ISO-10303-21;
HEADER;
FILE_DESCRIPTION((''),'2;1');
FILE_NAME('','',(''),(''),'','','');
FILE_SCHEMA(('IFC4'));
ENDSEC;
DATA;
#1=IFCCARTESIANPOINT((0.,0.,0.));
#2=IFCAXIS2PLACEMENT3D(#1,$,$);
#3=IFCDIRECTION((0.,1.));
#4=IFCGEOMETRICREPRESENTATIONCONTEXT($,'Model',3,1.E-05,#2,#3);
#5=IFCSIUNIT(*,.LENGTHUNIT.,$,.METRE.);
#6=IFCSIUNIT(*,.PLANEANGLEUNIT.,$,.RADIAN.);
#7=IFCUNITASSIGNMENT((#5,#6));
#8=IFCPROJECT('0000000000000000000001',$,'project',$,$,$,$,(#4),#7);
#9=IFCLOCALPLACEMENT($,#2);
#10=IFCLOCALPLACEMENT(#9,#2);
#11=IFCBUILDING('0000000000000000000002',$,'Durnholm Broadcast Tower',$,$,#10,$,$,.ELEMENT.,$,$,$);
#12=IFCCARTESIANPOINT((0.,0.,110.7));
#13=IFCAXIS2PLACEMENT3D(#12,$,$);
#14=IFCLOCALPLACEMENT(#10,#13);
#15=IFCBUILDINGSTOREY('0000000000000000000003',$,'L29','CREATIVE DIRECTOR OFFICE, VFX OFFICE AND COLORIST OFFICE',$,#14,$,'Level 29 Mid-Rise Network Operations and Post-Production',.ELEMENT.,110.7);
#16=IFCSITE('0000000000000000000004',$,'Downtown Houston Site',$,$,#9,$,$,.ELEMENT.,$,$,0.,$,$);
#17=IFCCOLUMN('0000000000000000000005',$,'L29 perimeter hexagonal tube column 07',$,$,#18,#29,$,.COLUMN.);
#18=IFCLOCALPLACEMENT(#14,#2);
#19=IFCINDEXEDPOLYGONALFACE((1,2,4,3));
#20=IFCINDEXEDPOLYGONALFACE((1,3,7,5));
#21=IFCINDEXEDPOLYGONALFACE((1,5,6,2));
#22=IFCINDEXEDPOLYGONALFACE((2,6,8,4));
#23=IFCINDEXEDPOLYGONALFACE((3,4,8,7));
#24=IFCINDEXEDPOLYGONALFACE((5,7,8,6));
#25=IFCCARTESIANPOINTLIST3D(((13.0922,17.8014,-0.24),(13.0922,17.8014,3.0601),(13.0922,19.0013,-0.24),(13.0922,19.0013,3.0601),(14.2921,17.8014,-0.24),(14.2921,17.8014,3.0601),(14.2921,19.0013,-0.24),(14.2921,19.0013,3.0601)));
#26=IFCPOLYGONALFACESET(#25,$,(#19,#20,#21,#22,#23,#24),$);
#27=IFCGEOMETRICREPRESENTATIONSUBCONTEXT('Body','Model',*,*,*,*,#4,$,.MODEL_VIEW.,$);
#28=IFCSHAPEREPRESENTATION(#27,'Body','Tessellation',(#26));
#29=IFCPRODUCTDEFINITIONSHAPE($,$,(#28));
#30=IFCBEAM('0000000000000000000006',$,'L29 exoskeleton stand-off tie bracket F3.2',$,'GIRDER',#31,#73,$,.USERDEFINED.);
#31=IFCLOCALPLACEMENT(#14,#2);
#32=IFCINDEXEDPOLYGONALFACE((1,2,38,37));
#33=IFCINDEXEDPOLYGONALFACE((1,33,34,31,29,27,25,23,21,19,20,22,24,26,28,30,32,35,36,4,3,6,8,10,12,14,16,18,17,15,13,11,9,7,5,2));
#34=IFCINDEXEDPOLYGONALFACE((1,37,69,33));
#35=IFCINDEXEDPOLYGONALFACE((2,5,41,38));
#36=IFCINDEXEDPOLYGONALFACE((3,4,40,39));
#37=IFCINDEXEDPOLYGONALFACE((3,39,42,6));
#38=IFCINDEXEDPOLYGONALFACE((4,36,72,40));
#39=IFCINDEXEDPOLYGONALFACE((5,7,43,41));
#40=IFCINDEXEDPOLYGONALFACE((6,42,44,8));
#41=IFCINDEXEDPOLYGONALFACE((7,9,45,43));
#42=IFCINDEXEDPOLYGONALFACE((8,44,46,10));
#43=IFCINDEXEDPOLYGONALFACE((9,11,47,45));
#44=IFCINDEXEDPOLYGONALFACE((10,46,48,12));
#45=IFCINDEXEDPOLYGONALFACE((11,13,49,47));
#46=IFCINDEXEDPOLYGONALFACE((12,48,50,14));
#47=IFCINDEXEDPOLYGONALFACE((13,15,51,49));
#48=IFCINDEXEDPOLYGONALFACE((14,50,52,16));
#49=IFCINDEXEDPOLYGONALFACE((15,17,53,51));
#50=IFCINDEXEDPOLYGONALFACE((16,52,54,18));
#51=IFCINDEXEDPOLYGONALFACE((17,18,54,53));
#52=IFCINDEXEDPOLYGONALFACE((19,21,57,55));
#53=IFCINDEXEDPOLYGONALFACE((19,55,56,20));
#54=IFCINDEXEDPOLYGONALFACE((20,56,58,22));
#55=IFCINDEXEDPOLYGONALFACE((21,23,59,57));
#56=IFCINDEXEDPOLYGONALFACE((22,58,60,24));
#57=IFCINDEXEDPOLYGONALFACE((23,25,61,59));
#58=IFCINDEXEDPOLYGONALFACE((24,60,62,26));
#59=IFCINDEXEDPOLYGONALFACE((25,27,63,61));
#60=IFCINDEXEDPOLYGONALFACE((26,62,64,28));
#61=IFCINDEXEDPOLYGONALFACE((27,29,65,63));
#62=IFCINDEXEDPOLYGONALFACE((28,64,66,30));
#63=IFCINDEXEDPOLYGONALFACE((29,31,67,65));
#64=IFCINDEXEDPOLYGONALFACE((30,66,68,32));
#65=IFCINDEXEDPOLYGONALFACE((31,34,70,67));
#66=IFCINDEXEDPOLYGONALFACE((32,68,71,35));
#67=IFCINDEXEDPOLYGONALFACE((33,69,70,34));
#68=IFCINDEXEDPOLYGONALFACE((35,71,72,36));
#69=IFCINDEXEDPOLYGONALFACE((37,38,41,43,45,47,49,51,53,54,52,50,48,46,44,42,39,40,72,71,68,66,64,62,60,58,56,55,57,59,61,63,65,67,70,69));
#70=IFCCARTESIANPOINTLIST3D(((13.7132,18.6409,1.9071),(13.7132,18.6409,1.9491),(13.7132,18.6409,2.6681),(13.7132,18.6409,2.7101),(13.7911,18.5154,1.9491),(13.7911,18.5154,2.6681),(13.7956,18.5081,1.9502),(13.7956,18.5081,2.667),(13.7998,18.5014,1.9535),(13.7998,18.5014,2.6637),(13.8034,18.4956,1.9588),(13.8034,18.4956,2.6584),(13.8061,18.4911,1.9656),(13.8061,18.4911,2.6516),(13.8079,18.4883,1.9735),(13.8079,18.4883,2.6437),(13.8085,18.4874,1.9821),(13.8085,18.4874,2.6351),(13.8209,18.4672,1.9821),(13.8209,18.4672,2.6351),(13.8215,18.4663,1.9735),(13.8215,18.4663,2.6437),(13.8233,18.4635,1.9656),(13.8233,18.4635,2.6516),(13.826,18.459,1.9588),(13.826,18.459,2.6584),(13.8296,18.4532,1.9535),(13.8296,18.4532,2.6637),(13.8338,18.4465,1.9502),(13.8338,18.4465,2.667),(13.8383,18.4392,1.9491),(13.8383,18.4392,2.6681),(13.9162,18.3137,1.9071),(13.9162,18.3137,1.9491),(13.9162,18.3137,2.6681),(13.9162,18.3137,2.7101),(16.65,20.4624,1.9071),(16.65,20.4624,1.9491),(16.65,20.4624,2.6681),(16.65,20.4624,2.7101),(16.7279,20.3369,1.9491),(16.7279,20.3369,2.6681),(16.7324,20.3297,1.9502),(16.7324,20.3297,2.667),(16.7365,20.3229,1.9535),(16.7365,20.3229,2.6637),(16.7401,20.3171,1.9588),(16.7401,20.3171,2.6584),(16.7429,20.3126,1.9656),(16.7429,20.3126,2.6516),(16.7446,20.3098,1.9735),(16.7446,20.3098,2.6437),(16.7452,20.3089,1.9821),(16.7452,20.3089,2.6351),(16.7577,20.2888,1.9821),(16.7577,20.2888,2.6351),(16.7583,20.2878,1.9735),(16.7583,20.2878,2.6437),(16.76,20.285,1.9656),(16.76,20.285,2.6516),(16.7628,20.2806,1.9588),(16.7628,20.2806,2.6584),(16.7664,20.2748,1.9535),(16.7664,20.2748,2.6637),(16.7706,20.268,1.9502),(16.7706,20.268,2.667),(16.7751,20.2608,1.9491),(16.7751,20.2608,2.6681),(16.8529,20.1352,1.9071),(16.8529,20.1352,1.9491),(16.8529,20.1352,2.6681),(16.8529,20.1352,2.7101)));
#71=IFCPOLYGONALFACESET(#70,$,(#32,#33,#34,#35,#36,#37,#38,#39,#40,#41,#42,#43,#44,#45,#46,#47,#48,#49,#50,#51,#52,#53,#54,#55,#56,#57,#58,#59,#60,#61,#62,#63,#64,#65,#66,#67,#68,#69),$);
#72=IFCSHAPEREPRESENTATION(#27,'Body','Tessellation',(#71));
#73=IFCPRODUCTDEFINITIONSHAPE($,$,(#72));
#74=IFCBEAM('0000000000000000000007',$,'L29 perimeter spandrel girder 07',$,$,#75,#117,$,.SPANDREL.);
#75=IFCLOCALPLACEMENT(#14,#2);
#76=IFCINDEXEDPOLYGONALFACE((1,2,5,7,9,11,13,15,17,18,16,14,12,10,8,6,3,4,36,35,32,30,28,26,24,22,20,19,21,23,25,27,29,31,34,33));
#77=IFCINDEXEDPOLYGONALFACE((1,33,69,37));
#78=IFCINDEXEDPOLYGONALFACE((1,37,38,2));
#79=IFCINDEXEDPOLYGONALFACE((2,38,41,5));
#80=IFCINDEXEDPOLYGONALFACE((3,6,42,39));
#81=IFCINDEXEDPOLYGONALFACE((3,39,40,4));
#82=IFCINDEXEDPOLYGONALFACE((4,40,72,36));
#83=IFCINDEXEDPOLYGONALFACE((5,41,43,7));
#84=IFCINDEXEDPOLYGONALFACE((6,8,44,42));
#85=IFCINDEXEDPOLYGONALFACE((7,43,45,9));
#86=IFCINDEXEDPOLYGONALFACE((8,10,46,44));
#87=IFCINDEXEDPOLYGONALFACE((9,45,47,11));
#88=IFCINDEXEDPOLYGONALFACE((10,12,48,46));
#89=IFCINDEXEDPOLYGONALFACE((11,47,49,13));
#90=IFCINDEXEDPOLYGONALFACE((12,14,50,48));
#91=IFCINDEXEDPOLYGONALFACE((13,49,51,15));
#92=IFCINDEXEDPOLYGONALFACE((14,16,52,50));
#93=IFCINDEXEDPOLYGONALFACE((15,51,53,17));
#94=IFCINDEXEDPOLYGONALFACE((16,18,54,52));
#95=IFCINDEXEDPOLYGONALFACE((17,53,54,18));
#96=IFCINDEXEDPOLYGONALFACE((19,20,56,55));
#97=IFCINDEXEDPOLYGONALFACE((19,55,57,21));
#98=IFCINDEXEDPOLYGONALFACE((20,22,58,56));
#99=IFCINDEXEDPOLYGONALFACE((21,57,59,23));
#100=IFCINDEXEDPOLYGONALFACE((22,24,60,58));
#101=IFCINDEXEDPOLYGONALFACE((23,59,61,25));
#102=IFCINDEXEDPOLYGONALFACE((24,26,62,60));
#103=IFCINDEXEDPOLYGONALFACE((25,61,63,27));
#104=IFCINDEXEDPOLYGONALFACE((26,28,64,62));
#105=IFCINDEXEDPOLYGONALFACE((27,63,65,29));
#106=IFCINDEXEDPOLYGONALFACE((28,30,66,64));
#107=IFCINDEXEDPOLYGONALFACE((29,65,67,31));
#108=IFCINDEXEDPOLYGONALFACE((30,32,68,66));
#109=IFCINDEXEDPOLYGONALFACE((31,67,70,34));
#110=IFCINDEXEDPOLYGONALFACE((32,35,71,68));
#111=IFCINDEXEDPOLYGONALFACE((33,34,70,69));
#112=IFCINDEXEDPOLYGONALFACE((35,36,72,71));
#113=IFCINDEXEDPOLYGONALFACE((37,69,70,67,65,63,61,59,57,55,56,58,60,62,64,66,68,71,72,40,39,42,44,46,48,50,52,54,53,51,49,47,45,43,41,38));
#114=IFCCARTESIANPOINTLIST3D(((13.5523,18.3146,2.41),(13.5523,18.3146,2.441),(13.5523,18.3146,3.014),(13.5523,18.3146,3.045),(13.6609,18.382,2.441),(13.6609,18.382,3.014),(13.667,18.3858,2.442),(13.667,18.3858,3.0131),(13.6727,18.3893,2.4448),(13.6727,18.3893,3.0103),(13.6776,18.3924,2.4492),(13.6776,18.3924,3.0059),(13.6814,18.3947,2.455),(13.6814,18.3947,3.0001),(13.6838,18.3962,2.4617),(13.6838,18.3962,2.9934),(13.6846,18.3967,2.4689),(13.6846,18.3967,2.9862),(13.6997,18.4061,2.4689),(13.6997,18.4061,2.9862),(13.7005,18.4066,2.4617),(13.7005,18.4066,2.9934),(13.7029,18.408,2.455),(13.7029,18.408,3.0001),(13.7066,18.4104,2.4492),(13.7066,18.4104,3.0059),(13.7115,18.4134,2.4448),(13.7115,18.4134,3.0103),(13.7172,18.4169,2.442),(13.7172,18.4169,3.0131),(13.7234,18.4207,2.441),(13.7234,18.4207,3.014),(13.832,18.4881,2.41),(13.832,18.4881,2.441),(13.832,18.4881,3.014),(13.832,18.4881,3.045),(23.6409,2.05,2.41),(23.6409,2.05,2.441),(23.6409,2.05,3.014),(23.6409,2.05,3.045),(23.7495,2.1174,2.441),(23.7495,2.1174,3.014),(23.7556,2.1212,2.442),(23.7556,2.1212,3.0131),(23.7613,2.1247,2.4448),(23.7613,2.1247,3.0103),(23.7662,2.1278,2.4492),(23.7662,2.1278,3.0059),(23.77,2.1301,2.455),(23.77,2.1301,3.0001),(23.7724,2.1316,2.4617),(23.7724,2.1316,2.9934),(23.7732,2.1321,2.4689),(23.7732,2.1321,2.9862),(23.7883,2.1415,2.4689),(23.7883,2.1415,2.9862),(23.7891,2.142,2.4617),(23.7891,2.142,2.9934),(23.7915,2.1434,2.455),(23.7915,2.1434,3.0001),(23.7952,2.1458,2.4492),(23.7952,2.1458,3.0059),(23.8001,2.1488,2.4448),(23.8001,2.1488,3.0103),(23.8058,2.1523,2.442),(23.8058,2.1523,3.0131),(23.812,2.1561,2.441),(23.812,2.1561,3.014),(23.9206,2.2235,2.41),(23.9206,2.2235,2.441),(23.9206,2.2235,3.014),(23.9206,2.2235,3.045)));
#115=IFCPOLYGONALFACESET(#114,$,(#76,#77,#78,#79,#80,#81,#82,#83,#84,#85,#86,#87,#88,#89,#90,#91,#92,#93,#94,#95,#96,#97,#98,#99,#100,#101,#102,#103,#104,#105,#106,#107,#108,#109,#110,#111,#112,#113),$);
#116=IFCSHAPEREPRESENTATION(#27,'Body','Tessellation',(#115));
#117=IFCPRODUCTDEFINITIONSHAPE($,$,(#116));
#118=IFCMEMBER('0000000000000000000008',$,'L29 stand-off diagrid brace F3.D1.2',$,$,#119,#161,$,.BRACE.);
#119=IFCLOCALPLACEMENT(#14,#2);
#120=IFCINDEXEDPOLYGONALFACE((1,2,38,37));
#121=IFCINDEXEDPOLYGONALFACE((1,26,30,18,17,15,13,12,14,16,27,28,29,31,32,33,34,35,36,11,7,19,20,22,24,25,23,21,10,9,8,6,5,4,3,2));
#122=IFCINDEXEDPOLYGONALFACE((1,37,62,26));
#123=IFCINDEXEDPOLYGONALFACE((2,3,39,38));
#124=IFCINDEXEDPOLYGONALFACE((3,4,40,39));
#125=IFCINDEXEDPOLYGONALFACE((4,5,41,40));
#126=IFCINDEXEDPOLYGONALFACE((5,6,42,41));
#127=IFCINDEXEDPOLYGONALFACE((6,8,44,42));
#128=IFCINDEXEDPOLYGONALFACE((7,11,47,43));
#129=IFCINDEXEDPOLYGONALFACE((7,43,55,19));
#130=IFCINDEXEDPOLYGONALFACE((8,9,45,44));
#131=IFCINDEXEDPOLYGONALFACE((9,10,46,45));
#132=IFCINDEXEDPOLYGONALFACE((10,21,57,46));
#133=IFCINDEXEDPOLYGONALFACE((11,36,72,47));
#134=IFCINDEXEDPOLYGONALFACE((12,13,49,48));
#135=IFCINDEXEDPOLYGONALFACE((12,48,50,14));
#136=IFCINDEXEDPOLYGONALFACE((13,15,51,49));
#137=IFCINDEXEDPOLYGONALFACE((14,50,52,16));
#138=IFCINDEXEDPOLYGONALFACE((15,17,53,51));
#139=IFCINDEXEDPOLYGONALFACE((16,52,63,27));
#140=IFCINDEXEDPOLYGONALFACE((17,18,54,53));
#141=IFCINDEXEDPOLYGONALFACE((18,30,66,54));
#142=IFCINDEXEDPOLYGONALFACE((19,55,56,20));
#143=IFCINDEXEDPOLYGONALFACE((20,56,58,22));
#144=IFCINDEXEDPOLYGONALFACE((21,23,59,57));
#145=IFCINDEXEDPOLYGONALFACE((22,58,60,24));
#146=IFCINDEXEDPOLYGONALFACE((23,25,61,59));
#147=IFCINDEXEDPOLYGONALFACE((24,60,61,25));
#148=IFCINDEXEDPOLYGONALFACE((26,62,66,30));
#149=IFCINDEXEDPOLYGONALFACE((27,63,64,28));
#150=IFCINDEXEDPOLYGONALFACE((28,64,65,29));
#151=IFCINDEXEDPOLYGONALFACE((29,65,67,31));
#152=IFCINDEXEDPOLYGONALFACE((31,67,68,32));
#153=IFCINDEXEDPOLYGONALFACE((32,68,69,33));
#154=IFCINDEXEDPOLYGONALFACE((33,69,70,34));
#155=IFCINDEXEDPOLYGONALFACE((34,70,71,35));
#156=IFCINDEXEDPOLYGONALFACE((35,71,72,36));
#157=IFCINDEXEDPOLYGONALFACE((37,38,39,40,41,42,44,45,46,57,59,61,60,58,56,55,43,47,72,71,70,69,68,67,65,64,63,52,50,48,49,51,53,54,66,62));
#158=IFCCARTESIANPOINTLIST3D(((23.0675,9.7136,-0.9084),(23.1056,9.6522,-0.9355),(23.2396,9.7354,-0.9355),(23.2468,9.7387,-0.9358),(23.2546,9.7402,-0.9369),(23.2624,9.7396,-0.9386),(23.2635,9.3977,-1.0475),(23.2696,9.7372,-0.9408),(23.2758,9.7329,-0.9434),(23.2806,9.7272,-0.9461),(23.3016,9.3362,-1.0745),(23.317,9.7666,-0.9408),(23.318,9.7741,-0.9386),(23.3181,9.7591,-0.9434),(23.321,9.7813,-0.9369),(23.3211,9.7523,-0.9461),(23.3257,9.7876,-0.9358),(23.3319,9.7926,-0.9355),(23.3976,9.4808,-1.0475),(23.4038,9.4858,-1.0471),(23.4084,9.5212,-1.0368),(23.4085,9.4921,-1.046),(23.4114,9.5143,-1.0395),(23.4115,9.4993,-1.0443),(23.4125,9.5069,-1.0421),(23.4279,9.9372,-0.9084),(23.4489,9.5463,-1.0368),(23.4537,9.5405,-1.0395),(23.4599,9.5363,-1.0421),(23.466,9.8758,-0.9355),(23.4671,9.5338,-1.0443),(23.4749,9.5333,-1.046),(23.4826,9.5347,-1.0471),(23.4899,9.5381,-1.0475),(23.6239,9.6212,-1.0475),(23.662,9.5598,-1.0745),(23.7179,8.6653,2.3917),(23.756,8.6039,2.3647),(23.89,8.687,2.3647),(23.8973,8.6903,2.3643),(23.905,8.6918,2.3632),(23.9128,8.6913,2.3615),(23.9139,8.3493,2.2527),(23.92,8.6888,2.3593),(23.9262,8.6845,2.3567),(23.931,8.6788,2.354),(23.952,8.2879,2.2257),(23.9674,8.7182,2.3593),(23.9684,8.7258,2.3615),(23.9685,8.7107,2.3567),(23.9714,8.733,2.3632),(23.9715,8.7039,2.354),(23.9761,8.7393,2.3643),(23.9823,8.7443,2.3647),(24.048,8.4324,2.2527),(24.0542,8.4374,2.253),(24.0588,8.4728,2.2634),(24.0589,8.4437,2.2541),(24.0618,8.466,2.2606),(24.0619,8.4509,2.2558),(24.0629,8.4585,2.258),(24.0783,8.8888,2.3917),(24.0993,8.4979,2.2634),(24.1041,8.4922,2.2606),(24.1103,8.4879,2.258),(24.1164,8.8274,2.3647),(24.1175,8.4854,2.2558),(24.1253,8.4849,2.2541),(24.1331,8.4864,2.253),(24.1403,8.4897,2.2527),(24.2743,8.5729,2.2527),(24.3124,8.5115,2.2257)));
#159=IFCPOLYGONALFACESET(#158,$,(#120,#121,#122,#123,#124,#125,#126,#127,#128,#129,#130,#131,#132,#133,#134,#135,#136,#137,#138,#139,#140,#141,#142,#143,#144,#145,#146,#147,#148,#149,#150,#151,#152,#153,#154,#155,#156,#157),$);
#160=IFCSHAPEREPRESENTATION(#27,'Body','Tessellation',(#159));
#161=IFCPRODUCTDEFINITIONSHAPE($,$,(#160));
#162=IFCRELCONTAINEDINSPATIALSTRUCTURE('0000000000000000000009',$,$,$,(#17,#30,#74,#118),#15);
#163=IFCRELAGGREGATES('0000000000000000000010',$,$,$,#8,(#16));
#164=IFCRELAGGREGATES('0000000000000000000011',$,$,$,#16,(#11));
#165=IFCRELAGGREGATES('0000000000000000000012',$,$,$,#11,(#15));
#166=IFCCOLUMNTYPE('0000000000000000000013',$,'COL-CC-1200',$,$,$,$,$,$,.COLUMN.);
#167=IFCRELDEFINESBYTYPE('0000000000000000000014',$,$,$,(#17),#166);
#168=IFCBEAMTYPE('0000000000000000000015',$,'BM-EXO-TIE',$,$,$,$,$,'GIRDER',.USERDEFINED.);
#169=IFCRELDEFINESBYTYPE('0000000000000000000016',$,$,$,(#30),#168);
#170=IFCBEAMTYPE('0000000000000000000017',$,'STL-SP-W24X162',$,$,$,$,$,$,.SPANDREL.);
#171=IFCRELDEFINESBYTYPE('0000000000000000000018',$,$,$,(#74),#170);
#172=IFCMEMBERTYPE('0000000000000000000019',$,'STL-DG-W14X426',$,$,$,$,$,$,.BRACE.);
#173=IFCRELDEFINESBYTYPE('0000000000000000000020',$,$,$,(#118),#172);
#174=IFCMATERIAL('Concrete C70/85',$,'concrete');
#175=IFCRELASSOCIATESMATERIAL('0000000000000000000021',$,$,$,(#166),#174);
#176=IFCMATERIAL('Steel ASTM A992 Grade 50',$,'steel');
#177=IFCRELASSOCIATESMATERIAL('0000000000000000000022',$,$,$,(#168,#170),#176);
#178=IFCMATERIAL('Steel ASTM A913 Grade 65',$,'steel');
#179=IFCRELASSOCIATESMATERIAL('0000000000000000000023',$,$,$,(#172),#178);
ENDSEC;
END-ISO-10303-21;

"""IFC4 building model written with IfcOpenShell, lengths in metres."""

from ifc_helpers import new_model, si_unit, direction, frame, origin, origin_2d, place, context, subcontext, project, spatial, rectangle, i_section, extrude, source, transform, mapped, material, material_profile, profile_set, type_object, type_shapes, element, save


model = new_model("IFC4")

# Units and contexts
model_context = context("Model", 3, precision=1e-05, world=origin(), true_north=direction((0.0, 1.0)))
body_context = subcontext(model_context, "Body", "Model", "MODEL_VIEW")
ifc_project = project(units=[si_unit("LENGTHUNIT", "METRE"), si_unit("PLANEANGLEUNIT", "RADIAN")], contexts=[model_context])

# Site, building, storey
site_placement = place(None, origin())
site = spatial("IfcSite", under=ifc_project, at=site_placement, Name="Downtown Houston Site", CompositionType="ELEMENT", RefElevation=0.0)
building_placement = place(site_placement, origin())
building = spatial("IfcBuilding", under=site, at=building_placement, Name="Durnholm Broadcast Tower", CompositionType="ELEMENT")
storey_placement = place(building_placement, frame((0.0, 0.0, 110.7)))
storey = spatial("IfcBuildingStorey", under=building, at=storey_placement, Name="L29", Description="CREATIVE DIRECTOR OFFICE, VFX OFFICE AND COLORIST OFFICE", LongName="Level 29 Mid-Rise Network Operations and Post-Production", CompositionType="ELEMENT", Elevation=110.7)

# Column
ifc_material_1 = material(Name="Concrete C70/85", Category="concrete")
ifc_material_profile_1 = material_profile(ifc_material_1, rectangle(XDim=1.2, YDim=1.2, at=origin_2d()), Name="RC1200X1200")
ifc_profile_set_1 = profile_set([ifc_material_profile_1], Name="Concrete C70/85")
column_type = type_object("IfcColumnType", Name="COL-CC-1200", PredefinedType="COLUMN", material=ifc_profile_set_1)
shared_shape_1 = source(origin(), body_context, "Body", "SweptSolid", [
    extrude(rectangle(XDim=1.2, YDim=1.2, at=origin_2d()), origin(), (0.0, 0.0, 1.0), 3.3),
])
type_shapes(column_type, [shared_shape_1])
column_placement = place(storey_placement, frame((13.6921, 18.4014, -0.24), z_axis=(0.0, 0.0, 1.0), x_axis=(1.0, 0.0, 0.0)))
element("IfcColumn", 1, at=column_placement, inside=storey, type_object=column_type, Name="L29 perimeter hexagonal tube column 07", PredefinedType="COLUMN", context=body_context, shape_type="MappedRepresentation", body=[
    mapped(shared_shape_1, transform((0.0, 0.0, 0.0), x_axis=(1.0, 0.0, 0.0), y_axis=(0.0, 1.0, 0.0), z_axis=(0.0, 0.0, 1.0), scale=1.0)),
])

# Beams
ifc_material_2 = material(Name="Steel ASTM A992 Grade 50", Category="steel")
ifc_material_profile_2 = material_profile(ifc_material_2, i_section(OverallWidth=0.385, OverallDepth=0.803, WebThickness=0.0237, FlangeThickness=0.042, FilletRadius=0.033, at=origin_2d()), Name="W30X261")
ifc_profile_set_2 = profile_set([ifc_material_profile_2], Name="Steel ASTM A992 Grade 50")
beam_type_1 = type_object("IfcBeamType", Name="BM-EXO-TIE", ElementType="GIRDER", PredefinedType="USERDEFINED", material=ifc_profile_set_2)
shared_shape_2 = source(origin(), body_context, "Body", "SweptSolid", [
    extrude(i_section(OverallWidth=0.385, OverallDepth=0.803, WebThickness=0.0237, FlangeThickness=0.042, FilletRadius=0.033, at=origin_2d()), origin(), (0.0, 0.0, 1.0), 3.4558),
])
type_shapes(beam_type_1, [shared_shape_2])
beam_1_placement = place(storey_placement, frame((13.8147, 18.4773, 2.3086), z_axis=(0.849807, 0.527094, 0.0), x_axis=(-0.527094, 0.849807, 0.0)))
element("IfcBeam", 2, at=beam_1_placement, inside=storey, type_object=beam_type_1, Name="L29 exoskeleton stand-off tie bracket F3.2", ObjectType="GIRDER", PredefinedType="USERDEFINED", context=body_context, shape_type="MappedRepresentation", body=[
    mapped(shared_shape_2, transform((0.0, 0.0, 0.0), x_axis=(1.0, 0.0, 0.0), y_axis=(0.0, 1.0, 0.0), z_axis=(0.0, 0.0, 1.0), scale=1.0)),
])
ifc_material_profile_3 = material_profile(ifc_material_2, i_section(OverallWidth=0.3291, OverallDepth=0.635, WebThickness=0.0178, FlangeThickness=0.031, FilletRadius=0.0278, at=origin_2d()), Name="W24X162")
ifc_profile_set_3 = profile_set([ifc_material_profile_3], Name="Steel ASTM A992 Grade 50")
beam_type_2 = type_object("IfcBeamType", Name="STL-SP-W24X162", PredefinedType="SPANDREL", material=ifc_profile_set_3)
shared_shape_3 = source(origin(), body_context, "Body", "SweptSolid", [
    extrude(i_section(OverallWidth=0.3291, OverallDepth=0.635, WebThickness=0.0178, FlangeThickness=0.031, FilletRadius=0.0278, at=origin_2d()), origin(), (0.0, 0.0, 1.0), 19.1394),
])
type_shapes(beam_type_2, [shared_shape_3])
beam_2_placement = place(storey_placement, frame((13.6921, 18.4014, 2.7275), z_axis=(0.527111, -0.849796, 0.0), x_axis=(0.849796, 0.527111, 0.0)))
element("IfcBeam", 3, at=beam_2_placement, inside=storey, type_object=beam_type_2, Name="L29 perimeter spandrel girder 07", PredefinedType="SPANDREL", context=body_context, shape_type="MappedRepresentation", body=[
    mapped(shared_shape_3, transform((0.0, 0.0, 0.0), x_axis=(1.0, 0.0, 0.0), y_axis=(0.0, 1.0, 0.0), z_axis=(0.0, 0.0, 1.0), scale=1.0)),
])

# Member
ifc_material_3 = material(Name="Steel ASTM A913 Grade 65", Category="steel")
ifc_material_profile_4 = material_profile(ifc_material_3, i_section(OverallWidth=0.4241, OverallDepth=0.4741, WebThickness=0.0476, FlangeThickness=0.0771, FilletRadius=0.0305, at=origin_2d()), Name="W14X426")
ifc_profile_set_4 = profile_set([ifc_material_profile_4], Name="Steel ASTM A913 Grade 65")
member_type_1 = type_object("IfcMemberType", Name="STL-DG-W14X426", PredefinedType="BRACE", material=ifc_profile_set_4)
shared_shape_4 = source(origin(), body_context, "Body", "SweptSolid", [
    extrude(i_section(OverallWidth=0.4241, OverallDepth=0.4741, WebThickness=0.0476, FlangeThickness=0.0771, FilletRadius=0.0305, at=origin_2d()), origin(), (0.0, 0.0, 1.0), 3.5232),
])
for number, where, z_axis, x_axis, name in (
    (4, (23.3647, 9.6367, -0.9915), (0.184607, -0.29756, 0.936685), (0.84975, 0.527186, 0.0), "L29 stand-off diagrid brace F3.D1.2"),
):
    element("IfcMember", number, at=place(storey_placement, frame(where, z_axis=z_axis, x_axis=x_axis)), inside=storey, type_object=member_type_1, Name=name, PredefinedType="BRACE", context=body_context, shape_type="MappedRepresentation", body=[
        mapped(shared_shape_4, transform((0.0, 0.0, 0.0), x_axis=(1.0, 0.0, 0.0), y_axis=(0.0, 1.0, 0.0), z_axis=(0.0, 0.0, 1.0), scale=1.0)),
    ])

save(model, "model.ifc")
